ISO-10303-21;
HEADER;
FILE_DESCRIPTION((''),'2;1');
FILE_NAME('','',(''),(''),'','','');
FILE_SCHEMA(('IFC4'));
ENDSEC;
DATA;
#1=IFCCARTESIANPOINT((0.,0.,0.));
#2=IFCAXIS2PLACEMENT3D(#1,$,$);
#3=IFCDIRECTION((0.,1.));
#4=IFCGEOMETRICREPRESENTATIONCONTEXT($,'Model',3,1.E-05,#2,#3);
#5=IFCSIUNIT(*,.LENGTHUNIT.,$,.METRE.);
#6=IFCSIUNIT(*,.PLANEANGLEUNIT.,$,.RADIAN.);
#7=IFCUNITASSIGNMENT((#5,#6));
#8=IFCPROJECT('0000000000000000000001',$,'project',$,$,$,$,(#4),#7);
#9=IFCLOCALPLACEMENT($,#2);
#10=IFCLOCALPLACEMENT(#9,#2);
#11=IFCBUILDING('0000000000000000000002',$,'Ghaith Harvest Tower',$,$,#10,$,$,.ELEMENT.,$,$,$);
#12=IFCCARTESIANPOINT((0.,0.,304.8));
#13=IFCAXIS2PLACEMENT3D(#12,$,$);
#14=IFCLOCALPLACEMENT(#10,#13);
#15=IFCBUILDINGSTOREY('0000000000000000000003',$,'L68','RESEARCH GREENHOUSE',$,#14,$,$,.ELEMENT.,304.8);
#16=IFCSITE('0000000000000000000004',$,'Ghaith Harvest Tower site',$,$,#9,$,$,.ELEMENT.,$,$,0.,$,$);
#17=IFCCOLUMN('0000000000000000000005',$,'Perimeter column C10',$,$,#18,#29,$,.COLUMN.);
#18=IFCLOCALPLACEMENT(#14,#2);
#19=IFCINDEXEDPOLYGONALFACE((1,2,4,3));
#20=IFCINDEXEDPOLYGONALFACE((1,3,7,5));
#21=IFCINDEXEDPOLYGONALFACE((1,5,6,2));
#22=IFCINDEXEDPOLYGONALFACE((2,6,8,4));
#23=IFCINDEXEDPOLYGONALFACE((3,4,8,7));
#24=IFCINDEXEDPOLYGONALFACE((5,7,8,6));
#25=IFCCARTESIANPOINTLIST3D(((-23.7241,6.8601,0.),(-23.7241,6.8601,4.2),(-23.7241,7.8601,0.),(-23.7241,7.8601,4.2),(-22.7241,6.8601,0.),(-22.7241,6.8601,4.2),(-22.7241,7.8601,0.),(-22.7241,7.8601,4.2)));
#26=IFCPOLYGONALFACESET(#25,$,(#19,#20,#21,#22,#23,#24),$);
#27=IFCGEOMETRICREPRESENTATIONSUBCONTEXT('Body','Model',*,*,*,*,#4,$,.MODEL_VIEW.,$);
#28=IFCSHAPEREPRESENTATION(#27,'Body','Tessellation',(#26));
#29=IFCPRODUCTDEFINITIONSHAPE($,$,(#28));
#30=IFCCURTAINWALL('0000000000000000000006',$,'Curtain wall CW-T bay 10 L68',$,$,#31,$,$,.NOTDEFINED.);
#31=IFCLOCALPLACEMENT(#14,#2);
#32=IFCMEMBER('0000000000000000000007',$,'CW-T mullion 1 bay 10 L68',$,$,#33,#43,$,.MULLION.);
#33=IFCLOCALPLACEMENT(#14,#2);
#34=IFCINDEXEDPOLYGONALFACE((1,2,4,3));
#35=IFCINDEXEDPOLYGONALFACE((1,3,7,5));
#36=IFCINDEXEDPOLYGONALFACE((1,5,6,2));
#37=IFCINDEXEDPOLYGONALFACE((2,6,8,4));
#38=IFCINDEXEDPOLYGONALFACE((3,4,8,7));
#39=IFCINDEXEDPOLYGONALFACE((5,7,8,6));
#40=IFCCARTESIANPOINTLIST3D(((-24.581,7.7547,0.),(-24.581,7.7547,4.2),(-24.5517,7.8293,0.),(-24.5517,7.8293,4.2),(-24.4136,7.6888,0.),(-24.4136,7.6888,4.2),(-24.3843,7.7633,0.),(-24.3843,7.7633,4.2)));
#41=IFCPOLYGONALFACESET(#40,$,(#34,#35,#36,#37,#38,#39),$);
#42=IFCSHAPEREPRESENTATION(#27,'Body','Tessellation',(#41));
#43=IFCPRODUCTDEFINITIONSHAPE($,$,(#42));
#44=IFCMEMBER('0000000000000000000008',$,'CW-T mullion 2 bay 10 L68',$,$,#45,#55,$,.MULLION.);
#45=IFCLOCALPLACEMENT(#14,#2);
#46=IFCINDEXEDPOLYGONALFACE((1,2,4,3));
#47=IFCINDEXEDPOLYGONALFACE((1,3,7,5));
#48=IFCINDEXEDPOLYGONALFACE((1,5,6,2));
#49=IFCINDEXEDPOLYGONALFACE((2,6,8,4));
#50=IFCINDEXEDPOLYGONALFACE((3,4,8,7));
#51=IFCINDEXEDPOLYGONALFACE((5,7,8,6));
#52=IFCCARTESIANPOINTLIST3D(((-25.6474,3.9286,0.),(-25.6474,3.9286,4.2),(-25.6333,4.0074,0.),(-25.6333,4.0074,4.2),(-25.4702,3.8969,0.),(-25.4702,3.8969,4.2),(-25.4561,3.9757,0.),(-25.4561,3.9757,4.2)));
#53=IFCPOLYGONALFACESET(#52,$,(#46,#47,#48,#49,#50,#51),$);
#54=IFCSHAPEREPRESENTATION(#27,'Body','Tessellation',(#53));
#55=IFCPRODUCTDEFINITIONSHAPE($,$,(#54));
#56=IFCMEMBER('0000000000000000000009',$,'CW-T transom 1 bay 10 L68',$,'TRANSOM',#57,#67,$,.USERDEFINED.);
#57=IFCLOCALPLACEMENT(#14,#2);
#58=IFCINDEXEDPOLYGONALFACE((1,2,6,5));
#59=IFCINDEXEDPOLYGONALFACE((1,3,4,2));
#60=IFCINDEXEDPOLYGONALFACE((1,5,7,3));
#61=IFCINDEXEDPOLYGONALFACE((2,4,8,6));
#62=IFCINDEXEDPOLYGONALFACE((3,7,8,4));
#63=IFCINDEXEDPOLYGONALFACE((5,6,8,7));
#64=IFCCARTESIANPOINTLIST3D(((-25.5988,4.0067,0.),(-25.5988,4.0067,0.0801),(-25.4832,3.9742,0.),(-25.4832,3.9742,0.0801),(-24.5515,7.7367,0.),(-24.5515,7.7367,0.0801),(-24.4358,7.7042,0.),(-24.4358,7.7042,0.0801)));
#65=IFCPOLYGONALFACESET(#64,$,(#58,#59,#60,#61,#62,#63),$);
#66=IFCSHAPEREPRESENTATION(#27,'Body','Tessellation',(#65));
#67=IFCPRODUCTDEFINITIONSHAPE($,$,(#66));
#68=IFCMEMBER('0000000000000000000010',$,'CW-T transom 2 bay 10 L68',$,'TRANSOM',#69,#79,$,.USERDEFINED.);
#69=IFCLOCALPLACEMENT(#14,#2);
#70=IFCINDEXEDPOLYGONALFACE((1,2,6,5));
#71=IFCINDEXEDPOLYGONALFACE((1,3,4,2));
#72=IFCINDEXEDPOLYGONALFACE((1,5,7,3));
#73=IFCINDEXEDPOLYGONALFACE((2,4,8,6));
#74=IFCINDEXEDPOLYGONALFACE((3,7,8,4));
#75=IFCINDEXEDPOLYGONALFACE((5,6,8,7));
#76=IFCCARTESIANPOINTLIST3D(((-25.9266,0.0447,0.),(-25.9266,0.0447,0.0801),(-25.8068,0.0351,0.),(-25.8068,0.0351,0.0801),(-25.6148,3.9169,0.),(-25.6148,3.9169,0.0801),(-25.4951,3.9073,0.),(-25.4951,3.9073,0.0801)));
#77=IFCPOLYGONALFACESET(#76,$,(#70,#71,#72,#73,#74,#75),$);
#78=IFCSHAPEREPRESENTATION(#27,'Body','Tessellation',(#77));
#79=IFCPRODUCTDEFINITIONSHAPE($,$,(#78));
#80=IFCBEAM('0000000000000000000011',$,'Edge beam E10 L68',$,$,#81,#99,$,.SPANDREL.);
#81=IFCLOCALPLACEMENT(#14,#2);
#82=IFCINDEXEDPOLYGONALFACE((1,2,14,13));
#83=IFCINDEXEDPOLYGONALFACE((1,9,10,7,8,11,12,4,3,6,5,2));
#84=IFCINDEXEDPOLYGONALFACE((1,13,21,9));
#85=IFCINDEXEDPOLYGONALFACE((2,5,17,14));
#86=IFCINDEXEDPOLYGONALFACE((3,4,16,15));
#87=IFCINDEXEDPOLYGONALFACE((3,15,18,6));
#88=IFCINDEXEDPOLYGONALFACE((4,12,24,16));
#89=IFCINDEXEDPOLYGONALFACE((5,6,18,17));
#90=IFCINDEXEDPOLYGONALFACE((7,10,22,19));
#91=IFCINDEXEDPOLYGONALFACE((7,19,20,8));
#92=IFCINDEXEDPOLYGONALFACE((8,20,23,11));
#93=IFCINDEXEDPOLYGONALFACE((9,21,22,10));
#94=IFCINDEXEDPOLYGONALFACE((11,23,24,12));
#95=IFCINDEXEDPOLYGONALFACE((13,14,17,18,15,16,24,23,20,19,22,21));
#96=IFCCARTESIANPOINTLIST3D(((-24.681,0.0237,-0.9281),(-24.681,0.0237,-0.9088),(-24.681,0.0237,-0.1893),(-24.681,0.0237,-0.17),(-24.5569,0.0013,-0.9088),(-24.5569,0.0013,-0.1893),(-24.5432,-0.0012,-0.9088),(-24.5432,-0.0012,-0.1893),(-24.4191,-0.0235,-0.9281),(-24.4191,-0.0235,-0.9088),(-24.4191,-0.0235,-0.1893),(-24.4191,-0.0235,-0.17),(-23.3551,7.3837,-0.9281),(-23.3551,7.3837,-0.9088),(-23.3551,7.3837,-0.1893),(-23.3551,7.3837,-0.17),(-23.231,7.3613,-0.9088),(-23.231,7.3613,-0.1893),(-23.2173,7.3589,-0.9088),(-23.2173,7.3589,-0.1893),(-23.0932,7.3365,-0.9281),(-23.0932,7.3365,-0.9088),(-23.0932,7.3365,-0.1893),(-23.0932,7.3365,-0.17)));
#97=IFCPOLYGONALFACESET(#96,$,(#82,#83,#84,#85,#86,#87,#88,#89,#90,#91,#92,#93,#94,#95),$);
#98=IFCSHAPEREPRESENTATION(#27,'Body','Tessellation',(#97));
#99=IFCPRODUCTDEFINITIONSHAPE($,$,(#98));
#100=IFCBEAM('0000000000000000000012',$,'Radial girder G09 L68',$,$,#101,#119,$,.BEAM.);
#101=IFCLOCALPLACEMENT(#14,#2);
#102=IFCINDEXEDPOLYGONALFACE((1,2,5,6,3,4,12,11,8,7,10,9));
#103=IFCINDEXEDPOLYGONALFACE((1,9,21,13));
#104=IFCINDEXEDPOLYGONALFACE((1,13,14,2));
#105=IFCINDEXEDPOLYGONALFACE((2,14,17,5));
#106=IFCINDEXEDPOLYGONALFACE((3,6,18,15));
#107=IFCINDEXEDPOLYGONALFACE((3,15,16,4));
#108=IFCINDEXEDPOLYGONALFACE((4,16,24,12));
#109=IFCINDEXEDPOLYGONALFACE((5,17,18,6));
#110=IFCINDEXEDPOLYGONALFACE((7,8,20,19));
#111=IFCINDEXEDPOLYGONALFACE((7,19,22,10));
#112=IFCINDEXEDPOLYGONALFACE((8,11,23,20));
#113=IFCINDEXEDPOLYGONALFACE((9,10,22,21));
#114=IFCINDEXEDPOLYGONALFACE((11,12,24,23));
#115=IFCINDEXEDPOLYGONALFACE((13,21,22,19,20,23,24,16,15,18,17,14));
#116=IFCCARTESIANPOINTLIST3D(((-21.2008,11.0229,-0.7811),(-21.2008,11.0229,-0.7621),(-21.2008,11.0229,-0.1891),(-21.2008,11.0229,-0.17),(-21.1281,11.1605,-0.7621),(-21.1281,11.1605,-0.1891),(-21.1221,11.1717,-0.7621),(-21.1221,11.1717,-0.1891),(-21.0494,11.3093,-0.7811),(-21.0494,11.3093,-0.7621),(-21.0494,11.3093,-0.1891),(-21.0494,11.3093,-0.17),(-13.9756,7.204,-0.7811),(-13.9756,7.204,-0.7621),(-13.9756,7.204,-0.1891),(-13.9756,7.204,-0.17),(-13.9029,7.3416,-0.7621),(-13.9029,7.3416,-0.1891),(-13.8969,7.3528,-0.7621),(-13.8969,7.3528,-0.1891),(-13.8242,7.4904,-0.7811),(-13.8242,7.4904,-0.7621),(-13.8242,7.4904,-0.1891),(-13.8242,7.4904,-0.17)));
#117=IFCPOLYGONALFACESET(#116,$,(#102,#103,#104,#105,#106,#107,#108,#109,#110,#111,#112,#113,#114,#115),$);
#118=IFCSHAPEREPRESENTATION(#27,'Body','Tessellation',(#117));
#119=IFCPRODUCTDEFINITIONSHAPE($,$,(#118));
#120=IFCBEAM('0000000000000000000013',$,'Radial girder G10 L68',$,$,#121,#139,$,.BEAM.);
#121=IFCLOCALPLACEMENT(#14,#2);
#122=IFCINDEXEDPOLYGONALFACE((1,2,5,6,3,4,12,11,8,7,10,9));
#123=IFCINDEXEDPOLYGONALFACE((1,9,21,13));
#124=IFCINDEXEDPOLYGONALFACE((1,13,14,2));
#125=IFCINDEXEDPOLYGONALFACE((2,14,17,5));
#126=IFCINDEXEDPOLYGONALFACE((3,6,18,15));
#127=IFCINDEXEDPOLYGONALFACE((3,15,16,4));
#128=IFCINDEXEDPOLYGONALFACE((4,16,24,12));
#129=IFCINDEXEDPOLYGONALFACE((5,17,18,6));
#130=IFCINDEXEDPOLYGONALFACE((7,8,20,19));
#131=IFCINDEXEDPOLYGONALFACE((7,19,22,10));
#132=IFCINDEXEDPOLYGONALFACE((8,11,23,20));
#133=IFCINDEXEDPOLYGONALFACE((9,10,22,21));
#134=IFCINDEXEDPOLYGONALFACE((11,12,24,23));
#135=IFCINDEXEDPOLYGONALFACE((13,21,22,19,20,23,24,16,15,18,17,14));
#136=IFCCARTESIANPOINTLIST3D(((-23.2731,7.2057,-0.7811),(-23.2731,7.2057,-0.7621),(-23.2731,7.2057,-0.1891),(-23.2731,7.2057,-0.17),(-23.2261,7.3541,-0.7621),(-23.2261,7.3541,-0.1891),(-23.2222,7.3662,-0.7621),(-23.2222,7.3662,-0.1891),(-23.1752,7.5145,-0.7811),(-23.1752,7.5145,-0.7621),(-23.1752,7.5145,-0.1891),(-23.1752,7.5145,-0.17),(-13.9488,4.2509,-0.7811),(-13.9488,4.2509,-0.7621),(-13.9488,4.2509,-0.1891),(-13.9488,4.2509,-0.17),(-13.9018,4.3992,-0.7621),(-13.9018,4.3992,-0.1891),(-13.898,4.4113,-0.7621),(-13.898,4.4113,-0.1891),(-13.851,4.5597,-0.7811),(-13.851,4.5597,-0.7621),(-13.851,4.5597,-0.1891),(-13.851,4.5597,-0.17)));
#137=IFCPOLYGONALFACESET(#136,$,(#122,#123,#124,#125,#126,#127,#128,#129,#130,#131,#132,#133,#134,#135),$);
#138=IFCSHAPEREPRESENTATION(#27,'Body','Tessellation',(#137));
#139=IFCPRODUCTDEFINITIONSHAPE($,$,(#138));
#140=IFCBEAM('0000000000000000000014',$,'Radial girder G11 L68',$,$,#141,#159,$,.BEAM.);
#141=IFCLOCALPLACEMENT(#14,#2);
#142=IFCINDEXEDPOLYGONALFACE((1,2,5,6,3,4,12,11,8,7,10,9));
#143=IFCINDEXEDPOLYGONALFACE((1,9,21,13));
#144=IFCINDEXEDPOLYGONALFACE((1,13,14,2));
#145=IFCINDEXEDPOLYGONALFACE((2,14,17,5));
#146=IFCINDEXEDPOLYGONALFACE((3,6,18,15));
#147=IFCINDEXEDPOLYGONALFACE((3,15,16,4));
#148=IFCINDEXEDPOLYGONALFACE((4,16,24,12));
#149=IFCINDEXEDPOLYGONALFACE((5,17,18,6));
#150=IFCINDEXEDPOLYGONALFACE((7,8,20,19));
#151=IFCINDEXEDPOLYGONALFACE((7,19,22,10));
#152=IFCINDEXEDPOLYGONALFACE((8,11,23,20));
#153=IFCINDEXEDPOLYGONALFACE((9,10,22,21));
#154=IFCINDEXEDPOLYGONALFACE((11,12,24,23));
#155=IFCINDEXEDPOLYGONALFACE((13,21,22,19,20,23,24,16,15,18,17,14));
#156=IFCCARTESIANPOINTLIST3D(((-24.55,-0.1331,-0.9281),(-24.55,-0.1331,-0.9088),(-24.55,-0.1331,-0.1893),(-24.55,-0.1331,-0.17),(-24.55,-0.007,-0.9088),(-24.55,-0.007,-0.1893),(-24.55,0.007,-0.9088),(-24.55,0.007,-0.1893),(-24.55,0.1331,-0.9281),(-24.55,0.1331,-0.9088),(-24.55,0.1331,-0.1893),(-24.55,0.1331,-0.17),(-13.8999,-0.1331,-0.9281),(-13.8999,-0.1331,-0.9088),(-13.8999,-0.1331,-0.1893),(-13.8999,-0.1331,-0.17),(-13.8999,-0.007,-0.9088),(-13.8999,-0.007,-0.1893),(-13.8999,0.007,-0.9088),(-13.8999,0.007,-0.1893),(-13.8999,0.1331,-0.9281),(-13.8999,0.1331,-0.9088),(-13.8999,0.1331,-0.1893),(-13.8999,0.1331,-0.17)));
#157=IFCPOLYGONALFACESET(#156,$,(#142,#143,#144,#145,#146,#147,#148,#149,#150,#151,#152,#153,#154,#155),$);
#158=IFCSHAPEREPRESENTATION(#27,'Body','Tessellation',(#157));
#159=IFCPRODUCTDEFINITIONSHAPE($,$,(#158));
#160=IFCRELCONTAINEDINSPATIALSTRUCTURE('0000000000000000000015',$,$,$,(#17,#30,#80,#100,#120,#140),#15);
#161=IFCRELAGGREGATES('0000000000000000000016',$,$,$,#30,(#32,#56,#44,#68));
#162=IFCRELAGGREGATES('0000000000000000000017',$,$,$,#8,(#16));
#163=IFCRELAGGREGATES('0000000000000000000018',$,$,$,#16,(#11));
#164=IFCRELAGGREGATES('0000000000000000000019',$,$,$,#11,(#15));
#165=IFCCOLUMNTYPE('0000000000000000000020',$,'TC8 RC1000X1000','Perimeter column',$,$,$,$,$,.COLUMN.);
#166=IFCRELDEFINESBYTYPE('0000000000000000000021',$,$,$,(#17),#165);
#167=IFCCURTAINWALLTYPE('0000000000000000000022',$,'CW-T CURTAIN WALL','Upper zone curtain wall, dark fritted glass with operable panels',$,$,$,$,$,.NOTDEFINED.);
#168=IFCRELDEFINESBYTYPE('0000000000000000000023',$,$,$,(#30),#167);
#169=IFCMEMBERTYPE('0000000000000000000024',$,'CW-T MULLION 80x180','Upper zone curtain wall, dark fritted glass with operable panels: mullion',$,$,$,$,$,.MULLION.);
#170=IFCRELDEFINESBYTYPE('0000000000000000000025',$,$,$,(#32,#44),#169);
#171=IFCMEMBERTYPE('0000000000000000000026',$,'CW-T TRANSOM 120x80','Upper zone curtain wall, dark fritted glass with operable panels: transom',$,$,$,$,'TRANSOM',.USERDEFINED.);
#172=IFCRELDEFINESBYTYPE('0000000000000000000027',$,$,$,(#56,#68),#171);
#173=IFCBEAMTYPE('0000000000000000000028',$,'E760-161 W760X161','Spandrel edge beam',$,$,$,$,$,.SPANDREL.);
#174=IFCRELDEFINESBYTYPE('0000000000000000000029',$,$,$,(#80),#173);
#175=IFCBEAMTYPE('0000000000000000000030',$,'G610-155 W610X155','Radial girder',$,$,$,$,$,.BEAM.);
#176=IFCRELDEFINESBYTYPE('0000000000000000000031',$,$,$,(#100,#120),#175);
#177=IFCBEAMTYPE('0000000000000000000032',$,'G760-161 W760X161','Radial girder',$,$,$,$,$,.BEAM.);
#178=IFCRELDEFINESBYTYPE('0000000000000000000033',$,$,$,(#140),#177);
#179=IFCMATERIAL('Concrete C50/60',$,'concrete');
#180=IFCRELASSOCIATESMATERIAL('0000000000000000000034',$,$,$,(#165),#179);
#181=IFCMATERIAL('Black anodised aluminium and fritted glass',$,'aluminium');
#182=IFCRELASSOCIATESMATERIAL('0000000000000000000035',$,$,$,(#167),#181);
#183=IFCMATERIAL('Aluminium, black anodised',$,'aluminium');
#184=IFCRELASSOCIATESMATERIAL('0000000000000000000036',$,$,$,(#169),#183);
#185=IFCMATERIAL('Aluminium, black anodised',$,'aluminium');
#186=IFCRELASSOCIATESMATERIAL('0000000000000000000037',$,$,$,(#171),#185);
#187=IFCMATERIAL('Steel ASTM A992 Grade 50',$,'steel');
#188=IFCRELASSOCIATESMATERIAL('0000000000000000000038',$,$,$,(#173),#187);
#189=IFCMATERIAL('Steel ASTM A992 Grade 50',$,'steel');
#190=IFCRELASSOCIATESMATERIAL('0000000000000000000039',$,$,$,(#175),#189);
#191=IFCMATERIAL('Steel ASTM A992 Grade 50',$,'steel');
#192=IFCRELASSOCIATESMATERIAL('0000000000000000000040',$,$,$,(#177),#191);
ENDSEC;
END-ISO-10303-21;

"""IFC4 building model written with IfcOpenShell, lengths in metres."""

from ifc_helpers import new_model, si_unit, direction, frame, origin, origin_2d, place, context, subcontext, project, spatial, rectangle, i_section, extrude, material, material_profile, profile_set, type_object, element, aggregate, save


model = new_model("IFC4")

# Units and contexts
model_context = context("Model", 3, precision=1e-05, world=origin(), true_north=direction((0.0, 1.0)))
body_context = subcontext(model_context, "Body", "Model", "MODEL_VIEW")
ifc_project = project(units=[si_unit("LENGTHUNIT", "METRE"), si_unit("PLANEANGLEUNIT", "RADIAN")], contexts=[model_context])

# Site, building, storey
site_placement = place(None, origin())
site = spatial("IfcSite", under=ifc_project, at=site_placement, Name="Ghaith Harvest Tower site", CompositionType="ELEMENT", RefElevation=0.0)
building_placement = place(site_placement, origin())
building = spatial("IfcBuilding", under=site, at=building_placement, Name="Ghaith Harvest Tower", CompositionType="ELEMENT")
storey_placement = place(building_placement, frame((0.0, 0.0, 304.8)))
storey = spatial("IfcBuildingStorey", under=building, at=storey_placement, Name="L68", Description="RESEARCH GREENHOUSE", CompositionType="ELEMENT", Elevation=304.8)

# Column
ifc_material_1 = material(Name="Concrete C50/60", Category="concrete")
ifc_material_profile_1 = material_profile(ifc_material_1, rectangle(XDim=1.0, YDim=1.0, at=origin_2d()), Name="RC1000X1000")
ifc_profile_set_1 = profile_set([ifc_material_profile_1], Name="Concrete C50/60")
column_type = type_object("IfcColumnType", Name="TC8 RC1000X1000", Description="Perimeter column", PredefinedType="COLUMN", material=ifc_profile_set_1)
column_placement = place(storey_placement, frame((-23.2241, 7.3601, 0.0), z_axis=(0.0, 0.0, 1.0), x_axis=(1.0, 0.0, 0.0)))
element("IfcColumn", 1, at=column_placement, inside=storey, type_object=column_type, Name="Perimeter column C10", PredefinedType="COLUMN", context=body_context, shape_type="SweptSolid", body=[
    extrude(rectangle(XDim=1.0, YDim=1.0, at=origin_2d()), origin(), (0.0, 0.0, 1.0), 4.2),
])

# Curtain wall, members
ifc_material_2 = material(Name="Black anodised aluminium and fritted glass", Category="aluminium")
curtain_wall_type = type_object("IfcCurtainWallType", Name="CW-T CURTAIN WALL", Description="Upper zone curtain wall, dark fritted glass with operable panels", PredefinedType="NOTDEFINED", material=ifc_material_2)
curtain_wall_placement = place(storey_placement, origin())
curtain_wall = element("IfcCurtainWall", 2, at=curtain_wall_placement, inside=storey, type_object=curtain_wall_type, Name="Curtain wall CW-T bay 10 L68", PredefinedType="NOTDEFINED")
ifc_material_3 = material(Name="Aluminium, black anodised", Category="aluminium")
ifc_material_profile_2 = material_profile(ifc_material_3, rectangle(XDim=0.0801, YDim=0.1799, at=origin_2d()), Name="CW-T MULLION 80x180")
ifc_profile_set_2 = profile_set([ifc_material_profile_2], Name="Aluminium, black anodised")
member_type_1 = type_object("IfcMemberType", Name="CW-T MULLION 80x180", Description="Upper zone curtain wall, dark fritted glass with operable panels: mullion", PredefinedType="MULLION", material=ifc_profile_set_2)
member_1_placement = place(storey_placement, frame((-24.4827, 7.759, 0.0), z_axis=(0.0, 0.0, 1.0), x_axis=(-0.366473, -0.930429, 0.0)))
member_1 = element("IfcMember", 3, at=member_1_placement, type_object=member_type_1, Name="CW-T mullion 1 bay 10 L68", PredefinedType="MULLION", context=body_context, shape_type="SweptSolid", body=[
    extrude(rectangle(XDim=0.0801, YDim=0.1799, at=origin_2d()), origin(), (0.0, 0.0, 1.0), 4.2),
])
member_2_placement = place(storey_placement, frame((-25.5518, 3.9521, 0.0), z_axis=(0.0, 0.0, 1.0), x_axis=(-0.176001, -0.98439, 0.0)))
member_2 = element("IfcMember", 4, at=member_2_placement, type_object=member_type_1, Name="CW-T mullion 2 bay 10 L68", PredefinedType="MULLION", context=body_context, shape_type="SweptSolid", body=[
    extrude(rectangle(XDim=0.0801, YDim=0.1799, at=origin_2d()), origin(), (0.0, 0.0, 1.0), 4.2),
])
ifc_material_4 = material(Name="Aluminium, black anodised", Category="aluminium")
ifc_material_profile_3 = material_profile(ifc_material_4, rectangle(XDim=0.1201, YDim=0.0801, at=origin_2d()), Name="CW-T TRANSOM 120x80")
ifc_profile_set_3 = profile_set([ifc_material_profile_3], Name="Aluminium, black anodised")
member_type_2 = type_object("IfcMemberType", Name="CW-T TRANSOM 120x80", Description="Upper zone curtain wall, dark fritted glass with operable panels: transom", ElementType="TRANSOM", PredefinedType="USERDEFINED", material=ifc_profile_set_3)
member_3_placement = place(storey_placement, frame((-24.4937, 7.7205, 0.04), z_axis=(-0.27034, -0.962765, 0.0), x_axis=(0.962765, -0.27034, 0.0)))
member_3 = element("IfcMember", 5, at=member_3_placement, type_object=member_type_2, Name="CW-T transom 1 bay 10 L68", ObjectType="TRANSOM", PredefinedType="USERDEFINED", context=body_context, shape_type="SweptSolid", body=[
    extrude(rectangle(XDim=0.1201, YDim=0.0801, at=origin_2d()), origin(), (0.0, 0.0, 1.0), 3.8743),
])
member_4_placement = place(storey_placement, frame((-25.5549, 3.9121, 0.04), z_axis=(-0.080252, -0.996775, 0.0), x_axis=(0.996775, -0.080252, 0.0)))
member_4 = element("IfcMember", 6, at=member_4_placement, type_object=member_type_2, Name="CW-T transom 2 bay 10 L68", ObjectType="TRANSOM", PredefinedType="USERDEFINED", context=body_context, shape_type="SweptSolid", body=[
    extrude(rectangle(XDim=0.1201, YDim=0.0801, at=origin_2d()), origin(), (0.0, 0.0, 1.0), 3.8848),
])

# Beams
ifc_material_5 = material(Name="Steel ASTM A992 Grade 50", Category="steel")
ifc_material_profile_4 = material_profile(ifc_material_5, i_section(OverallWidth=0.2661, OverallDepth=0.7581, WebThickness=0.0139, FlangeThickness=0.0193, at=origin_2d()), Name="W760X161")
ifc_profile_set_4 = profile_set([ifc_material_profile_4], Name="Steel ASTM A992 Grade 50")
beam_type_1 = type_object("IfcBeamType", Name="E760-161 W760X161", Description="Spandrel edge beam", PredefinedType="SPANDREL", material=ifc_profile_set_4)
beam_1_placement = place(storey_placement, frame((-23.2241, 7.3601, -0.5491), z_axis=(-0.177297, -0.984157, 0.0), x_axis=(0.984157, -0.177297, 0.0)))
element("IfcBeam", 7, at=beam_1_placement, inside=storey, type_object=beam_type_1, Name="Edge beam E10 L68", PredefinedType="SPANDREL", context=body_context, shape_type="SweptSolid", body=[
    extrude(i_section(OverallWidth=0.2661, OverallDepth=0.7581, WebThickness=0.0139, FlangeThickness=0.0193, at=origin_2d()), origin(), (0.0, 0.0, 1.0), 7.4785),
])
ifc_material_6 = material(Name="Steel ASTM A992 Grade 50", Category="steel")
ifc_material_profile_5 = material_profile(ifc_material_6, i_section(OverallWidth=0.324, OverallDepth=0.6111, WebThickness=0.0127, FlangeThickness=0.019, at=origin_2d()), Name="W610X155")
ifc_profile_set_5 = profile_set([ifc_material_profile_5], Name="Steel ASTM A992 Grade 50")
beam_type_2 = type_object("IfcBeamType", Name="G610-155 W610X155", Description="Radial girder", PredefinedType="BEAM", material=ifc_profile_set_5)
beam_2_placement = place(storey_placement, frame((-13.8999, 7.3472, -0.4756), z_axis=(-0.884102, 0.467295, 0.0), x_axis=(-0.467295, -0.884102, 0.0)))
element("IfcBeam", 8, at=beam_2_placement, inside=storey, type_object=beam_type_2, Name="Radial girder G09 L68", PredefinedType="BEAM", context=body_context, shape_type="SweptSolid", body=[
    extrude(i_section(OverallWidth=0.324, OverallDepth=0.6111, WebThickness=0.0127, FlangeThickness=0.019, at=origin_2d()), origin(), (0.0, 0.0, 1.0), 8.1724),
])
beam_3_placement = place(storey_placement, frame((-13.8999, 4.4053, -0.4756), z_axis=(-0.953279, 0.302093, 0.0), x_axis=(-0.302093, -0.953279, 0.0)))
element("IfcBeam", 9, at=beam_3_placement, inside=storey, type_object=beam_type_2, Name="Radial girder G10 L68", PredefinedType="BEAM", context=body_context, shape_type="SweptSolid", body=[
    extrude(i_section(OverallWidth=0.324, OverallDepth=0.6111, WebThickness=0.0127, FlangeThickness=0.019, at=origin_2d()), origin(), (0.0, 0.0, 1.0), 9.7812),
])
ifc_material_7 = material(Name="Steel ASTM A992 Grade 50", Category="steel")
ifc_material_profile_6 = material_profile(ifc_material_7, i_section(OverallWidth=0.2661, OverallDepth=0.7581, WebThickness=0.0139, FlangeThickness=0.0193, at=origin_2d()), Name="W760X161")
ifc_profile_set_6 = profile_set([ifc_material_profile_6], Name="Steel ASTM A992 Grade 50")
beam_type_3 = type_object("IfcBeamType", Name="G760-161 W760X161", Description="Radial girder", PredefinedType="BEAM", material=ifc_profile_set_6)
beam_4_placement = place(storey_placement, frame((-13.8999, 0.0, -0.5491), z_axis=(-1.0, 0.0, 0.0), x_axis=(0.0, -1.0, 0.0)))
element("IfcBeam", 10, at=beam_4_placement, inside=storey, type_object=beam_type_3, Name="Radial girder G11 L68", PredefinedType="BEAM", context=body_context, shape_type="SweptSolid", body=[
    extrude(i_section(OverallWidth=0.2661, OverallDepth=0.7581, WebThickness=0.0139, FlangeThickness=0.0193, at=origin_2d()), origin(), (0.0, 0.0, 1.0), 10.6501),
])

aggregate(curtain_wall, [member_1, member_3, member_2, member_4])

save(model, "model.ifc")
